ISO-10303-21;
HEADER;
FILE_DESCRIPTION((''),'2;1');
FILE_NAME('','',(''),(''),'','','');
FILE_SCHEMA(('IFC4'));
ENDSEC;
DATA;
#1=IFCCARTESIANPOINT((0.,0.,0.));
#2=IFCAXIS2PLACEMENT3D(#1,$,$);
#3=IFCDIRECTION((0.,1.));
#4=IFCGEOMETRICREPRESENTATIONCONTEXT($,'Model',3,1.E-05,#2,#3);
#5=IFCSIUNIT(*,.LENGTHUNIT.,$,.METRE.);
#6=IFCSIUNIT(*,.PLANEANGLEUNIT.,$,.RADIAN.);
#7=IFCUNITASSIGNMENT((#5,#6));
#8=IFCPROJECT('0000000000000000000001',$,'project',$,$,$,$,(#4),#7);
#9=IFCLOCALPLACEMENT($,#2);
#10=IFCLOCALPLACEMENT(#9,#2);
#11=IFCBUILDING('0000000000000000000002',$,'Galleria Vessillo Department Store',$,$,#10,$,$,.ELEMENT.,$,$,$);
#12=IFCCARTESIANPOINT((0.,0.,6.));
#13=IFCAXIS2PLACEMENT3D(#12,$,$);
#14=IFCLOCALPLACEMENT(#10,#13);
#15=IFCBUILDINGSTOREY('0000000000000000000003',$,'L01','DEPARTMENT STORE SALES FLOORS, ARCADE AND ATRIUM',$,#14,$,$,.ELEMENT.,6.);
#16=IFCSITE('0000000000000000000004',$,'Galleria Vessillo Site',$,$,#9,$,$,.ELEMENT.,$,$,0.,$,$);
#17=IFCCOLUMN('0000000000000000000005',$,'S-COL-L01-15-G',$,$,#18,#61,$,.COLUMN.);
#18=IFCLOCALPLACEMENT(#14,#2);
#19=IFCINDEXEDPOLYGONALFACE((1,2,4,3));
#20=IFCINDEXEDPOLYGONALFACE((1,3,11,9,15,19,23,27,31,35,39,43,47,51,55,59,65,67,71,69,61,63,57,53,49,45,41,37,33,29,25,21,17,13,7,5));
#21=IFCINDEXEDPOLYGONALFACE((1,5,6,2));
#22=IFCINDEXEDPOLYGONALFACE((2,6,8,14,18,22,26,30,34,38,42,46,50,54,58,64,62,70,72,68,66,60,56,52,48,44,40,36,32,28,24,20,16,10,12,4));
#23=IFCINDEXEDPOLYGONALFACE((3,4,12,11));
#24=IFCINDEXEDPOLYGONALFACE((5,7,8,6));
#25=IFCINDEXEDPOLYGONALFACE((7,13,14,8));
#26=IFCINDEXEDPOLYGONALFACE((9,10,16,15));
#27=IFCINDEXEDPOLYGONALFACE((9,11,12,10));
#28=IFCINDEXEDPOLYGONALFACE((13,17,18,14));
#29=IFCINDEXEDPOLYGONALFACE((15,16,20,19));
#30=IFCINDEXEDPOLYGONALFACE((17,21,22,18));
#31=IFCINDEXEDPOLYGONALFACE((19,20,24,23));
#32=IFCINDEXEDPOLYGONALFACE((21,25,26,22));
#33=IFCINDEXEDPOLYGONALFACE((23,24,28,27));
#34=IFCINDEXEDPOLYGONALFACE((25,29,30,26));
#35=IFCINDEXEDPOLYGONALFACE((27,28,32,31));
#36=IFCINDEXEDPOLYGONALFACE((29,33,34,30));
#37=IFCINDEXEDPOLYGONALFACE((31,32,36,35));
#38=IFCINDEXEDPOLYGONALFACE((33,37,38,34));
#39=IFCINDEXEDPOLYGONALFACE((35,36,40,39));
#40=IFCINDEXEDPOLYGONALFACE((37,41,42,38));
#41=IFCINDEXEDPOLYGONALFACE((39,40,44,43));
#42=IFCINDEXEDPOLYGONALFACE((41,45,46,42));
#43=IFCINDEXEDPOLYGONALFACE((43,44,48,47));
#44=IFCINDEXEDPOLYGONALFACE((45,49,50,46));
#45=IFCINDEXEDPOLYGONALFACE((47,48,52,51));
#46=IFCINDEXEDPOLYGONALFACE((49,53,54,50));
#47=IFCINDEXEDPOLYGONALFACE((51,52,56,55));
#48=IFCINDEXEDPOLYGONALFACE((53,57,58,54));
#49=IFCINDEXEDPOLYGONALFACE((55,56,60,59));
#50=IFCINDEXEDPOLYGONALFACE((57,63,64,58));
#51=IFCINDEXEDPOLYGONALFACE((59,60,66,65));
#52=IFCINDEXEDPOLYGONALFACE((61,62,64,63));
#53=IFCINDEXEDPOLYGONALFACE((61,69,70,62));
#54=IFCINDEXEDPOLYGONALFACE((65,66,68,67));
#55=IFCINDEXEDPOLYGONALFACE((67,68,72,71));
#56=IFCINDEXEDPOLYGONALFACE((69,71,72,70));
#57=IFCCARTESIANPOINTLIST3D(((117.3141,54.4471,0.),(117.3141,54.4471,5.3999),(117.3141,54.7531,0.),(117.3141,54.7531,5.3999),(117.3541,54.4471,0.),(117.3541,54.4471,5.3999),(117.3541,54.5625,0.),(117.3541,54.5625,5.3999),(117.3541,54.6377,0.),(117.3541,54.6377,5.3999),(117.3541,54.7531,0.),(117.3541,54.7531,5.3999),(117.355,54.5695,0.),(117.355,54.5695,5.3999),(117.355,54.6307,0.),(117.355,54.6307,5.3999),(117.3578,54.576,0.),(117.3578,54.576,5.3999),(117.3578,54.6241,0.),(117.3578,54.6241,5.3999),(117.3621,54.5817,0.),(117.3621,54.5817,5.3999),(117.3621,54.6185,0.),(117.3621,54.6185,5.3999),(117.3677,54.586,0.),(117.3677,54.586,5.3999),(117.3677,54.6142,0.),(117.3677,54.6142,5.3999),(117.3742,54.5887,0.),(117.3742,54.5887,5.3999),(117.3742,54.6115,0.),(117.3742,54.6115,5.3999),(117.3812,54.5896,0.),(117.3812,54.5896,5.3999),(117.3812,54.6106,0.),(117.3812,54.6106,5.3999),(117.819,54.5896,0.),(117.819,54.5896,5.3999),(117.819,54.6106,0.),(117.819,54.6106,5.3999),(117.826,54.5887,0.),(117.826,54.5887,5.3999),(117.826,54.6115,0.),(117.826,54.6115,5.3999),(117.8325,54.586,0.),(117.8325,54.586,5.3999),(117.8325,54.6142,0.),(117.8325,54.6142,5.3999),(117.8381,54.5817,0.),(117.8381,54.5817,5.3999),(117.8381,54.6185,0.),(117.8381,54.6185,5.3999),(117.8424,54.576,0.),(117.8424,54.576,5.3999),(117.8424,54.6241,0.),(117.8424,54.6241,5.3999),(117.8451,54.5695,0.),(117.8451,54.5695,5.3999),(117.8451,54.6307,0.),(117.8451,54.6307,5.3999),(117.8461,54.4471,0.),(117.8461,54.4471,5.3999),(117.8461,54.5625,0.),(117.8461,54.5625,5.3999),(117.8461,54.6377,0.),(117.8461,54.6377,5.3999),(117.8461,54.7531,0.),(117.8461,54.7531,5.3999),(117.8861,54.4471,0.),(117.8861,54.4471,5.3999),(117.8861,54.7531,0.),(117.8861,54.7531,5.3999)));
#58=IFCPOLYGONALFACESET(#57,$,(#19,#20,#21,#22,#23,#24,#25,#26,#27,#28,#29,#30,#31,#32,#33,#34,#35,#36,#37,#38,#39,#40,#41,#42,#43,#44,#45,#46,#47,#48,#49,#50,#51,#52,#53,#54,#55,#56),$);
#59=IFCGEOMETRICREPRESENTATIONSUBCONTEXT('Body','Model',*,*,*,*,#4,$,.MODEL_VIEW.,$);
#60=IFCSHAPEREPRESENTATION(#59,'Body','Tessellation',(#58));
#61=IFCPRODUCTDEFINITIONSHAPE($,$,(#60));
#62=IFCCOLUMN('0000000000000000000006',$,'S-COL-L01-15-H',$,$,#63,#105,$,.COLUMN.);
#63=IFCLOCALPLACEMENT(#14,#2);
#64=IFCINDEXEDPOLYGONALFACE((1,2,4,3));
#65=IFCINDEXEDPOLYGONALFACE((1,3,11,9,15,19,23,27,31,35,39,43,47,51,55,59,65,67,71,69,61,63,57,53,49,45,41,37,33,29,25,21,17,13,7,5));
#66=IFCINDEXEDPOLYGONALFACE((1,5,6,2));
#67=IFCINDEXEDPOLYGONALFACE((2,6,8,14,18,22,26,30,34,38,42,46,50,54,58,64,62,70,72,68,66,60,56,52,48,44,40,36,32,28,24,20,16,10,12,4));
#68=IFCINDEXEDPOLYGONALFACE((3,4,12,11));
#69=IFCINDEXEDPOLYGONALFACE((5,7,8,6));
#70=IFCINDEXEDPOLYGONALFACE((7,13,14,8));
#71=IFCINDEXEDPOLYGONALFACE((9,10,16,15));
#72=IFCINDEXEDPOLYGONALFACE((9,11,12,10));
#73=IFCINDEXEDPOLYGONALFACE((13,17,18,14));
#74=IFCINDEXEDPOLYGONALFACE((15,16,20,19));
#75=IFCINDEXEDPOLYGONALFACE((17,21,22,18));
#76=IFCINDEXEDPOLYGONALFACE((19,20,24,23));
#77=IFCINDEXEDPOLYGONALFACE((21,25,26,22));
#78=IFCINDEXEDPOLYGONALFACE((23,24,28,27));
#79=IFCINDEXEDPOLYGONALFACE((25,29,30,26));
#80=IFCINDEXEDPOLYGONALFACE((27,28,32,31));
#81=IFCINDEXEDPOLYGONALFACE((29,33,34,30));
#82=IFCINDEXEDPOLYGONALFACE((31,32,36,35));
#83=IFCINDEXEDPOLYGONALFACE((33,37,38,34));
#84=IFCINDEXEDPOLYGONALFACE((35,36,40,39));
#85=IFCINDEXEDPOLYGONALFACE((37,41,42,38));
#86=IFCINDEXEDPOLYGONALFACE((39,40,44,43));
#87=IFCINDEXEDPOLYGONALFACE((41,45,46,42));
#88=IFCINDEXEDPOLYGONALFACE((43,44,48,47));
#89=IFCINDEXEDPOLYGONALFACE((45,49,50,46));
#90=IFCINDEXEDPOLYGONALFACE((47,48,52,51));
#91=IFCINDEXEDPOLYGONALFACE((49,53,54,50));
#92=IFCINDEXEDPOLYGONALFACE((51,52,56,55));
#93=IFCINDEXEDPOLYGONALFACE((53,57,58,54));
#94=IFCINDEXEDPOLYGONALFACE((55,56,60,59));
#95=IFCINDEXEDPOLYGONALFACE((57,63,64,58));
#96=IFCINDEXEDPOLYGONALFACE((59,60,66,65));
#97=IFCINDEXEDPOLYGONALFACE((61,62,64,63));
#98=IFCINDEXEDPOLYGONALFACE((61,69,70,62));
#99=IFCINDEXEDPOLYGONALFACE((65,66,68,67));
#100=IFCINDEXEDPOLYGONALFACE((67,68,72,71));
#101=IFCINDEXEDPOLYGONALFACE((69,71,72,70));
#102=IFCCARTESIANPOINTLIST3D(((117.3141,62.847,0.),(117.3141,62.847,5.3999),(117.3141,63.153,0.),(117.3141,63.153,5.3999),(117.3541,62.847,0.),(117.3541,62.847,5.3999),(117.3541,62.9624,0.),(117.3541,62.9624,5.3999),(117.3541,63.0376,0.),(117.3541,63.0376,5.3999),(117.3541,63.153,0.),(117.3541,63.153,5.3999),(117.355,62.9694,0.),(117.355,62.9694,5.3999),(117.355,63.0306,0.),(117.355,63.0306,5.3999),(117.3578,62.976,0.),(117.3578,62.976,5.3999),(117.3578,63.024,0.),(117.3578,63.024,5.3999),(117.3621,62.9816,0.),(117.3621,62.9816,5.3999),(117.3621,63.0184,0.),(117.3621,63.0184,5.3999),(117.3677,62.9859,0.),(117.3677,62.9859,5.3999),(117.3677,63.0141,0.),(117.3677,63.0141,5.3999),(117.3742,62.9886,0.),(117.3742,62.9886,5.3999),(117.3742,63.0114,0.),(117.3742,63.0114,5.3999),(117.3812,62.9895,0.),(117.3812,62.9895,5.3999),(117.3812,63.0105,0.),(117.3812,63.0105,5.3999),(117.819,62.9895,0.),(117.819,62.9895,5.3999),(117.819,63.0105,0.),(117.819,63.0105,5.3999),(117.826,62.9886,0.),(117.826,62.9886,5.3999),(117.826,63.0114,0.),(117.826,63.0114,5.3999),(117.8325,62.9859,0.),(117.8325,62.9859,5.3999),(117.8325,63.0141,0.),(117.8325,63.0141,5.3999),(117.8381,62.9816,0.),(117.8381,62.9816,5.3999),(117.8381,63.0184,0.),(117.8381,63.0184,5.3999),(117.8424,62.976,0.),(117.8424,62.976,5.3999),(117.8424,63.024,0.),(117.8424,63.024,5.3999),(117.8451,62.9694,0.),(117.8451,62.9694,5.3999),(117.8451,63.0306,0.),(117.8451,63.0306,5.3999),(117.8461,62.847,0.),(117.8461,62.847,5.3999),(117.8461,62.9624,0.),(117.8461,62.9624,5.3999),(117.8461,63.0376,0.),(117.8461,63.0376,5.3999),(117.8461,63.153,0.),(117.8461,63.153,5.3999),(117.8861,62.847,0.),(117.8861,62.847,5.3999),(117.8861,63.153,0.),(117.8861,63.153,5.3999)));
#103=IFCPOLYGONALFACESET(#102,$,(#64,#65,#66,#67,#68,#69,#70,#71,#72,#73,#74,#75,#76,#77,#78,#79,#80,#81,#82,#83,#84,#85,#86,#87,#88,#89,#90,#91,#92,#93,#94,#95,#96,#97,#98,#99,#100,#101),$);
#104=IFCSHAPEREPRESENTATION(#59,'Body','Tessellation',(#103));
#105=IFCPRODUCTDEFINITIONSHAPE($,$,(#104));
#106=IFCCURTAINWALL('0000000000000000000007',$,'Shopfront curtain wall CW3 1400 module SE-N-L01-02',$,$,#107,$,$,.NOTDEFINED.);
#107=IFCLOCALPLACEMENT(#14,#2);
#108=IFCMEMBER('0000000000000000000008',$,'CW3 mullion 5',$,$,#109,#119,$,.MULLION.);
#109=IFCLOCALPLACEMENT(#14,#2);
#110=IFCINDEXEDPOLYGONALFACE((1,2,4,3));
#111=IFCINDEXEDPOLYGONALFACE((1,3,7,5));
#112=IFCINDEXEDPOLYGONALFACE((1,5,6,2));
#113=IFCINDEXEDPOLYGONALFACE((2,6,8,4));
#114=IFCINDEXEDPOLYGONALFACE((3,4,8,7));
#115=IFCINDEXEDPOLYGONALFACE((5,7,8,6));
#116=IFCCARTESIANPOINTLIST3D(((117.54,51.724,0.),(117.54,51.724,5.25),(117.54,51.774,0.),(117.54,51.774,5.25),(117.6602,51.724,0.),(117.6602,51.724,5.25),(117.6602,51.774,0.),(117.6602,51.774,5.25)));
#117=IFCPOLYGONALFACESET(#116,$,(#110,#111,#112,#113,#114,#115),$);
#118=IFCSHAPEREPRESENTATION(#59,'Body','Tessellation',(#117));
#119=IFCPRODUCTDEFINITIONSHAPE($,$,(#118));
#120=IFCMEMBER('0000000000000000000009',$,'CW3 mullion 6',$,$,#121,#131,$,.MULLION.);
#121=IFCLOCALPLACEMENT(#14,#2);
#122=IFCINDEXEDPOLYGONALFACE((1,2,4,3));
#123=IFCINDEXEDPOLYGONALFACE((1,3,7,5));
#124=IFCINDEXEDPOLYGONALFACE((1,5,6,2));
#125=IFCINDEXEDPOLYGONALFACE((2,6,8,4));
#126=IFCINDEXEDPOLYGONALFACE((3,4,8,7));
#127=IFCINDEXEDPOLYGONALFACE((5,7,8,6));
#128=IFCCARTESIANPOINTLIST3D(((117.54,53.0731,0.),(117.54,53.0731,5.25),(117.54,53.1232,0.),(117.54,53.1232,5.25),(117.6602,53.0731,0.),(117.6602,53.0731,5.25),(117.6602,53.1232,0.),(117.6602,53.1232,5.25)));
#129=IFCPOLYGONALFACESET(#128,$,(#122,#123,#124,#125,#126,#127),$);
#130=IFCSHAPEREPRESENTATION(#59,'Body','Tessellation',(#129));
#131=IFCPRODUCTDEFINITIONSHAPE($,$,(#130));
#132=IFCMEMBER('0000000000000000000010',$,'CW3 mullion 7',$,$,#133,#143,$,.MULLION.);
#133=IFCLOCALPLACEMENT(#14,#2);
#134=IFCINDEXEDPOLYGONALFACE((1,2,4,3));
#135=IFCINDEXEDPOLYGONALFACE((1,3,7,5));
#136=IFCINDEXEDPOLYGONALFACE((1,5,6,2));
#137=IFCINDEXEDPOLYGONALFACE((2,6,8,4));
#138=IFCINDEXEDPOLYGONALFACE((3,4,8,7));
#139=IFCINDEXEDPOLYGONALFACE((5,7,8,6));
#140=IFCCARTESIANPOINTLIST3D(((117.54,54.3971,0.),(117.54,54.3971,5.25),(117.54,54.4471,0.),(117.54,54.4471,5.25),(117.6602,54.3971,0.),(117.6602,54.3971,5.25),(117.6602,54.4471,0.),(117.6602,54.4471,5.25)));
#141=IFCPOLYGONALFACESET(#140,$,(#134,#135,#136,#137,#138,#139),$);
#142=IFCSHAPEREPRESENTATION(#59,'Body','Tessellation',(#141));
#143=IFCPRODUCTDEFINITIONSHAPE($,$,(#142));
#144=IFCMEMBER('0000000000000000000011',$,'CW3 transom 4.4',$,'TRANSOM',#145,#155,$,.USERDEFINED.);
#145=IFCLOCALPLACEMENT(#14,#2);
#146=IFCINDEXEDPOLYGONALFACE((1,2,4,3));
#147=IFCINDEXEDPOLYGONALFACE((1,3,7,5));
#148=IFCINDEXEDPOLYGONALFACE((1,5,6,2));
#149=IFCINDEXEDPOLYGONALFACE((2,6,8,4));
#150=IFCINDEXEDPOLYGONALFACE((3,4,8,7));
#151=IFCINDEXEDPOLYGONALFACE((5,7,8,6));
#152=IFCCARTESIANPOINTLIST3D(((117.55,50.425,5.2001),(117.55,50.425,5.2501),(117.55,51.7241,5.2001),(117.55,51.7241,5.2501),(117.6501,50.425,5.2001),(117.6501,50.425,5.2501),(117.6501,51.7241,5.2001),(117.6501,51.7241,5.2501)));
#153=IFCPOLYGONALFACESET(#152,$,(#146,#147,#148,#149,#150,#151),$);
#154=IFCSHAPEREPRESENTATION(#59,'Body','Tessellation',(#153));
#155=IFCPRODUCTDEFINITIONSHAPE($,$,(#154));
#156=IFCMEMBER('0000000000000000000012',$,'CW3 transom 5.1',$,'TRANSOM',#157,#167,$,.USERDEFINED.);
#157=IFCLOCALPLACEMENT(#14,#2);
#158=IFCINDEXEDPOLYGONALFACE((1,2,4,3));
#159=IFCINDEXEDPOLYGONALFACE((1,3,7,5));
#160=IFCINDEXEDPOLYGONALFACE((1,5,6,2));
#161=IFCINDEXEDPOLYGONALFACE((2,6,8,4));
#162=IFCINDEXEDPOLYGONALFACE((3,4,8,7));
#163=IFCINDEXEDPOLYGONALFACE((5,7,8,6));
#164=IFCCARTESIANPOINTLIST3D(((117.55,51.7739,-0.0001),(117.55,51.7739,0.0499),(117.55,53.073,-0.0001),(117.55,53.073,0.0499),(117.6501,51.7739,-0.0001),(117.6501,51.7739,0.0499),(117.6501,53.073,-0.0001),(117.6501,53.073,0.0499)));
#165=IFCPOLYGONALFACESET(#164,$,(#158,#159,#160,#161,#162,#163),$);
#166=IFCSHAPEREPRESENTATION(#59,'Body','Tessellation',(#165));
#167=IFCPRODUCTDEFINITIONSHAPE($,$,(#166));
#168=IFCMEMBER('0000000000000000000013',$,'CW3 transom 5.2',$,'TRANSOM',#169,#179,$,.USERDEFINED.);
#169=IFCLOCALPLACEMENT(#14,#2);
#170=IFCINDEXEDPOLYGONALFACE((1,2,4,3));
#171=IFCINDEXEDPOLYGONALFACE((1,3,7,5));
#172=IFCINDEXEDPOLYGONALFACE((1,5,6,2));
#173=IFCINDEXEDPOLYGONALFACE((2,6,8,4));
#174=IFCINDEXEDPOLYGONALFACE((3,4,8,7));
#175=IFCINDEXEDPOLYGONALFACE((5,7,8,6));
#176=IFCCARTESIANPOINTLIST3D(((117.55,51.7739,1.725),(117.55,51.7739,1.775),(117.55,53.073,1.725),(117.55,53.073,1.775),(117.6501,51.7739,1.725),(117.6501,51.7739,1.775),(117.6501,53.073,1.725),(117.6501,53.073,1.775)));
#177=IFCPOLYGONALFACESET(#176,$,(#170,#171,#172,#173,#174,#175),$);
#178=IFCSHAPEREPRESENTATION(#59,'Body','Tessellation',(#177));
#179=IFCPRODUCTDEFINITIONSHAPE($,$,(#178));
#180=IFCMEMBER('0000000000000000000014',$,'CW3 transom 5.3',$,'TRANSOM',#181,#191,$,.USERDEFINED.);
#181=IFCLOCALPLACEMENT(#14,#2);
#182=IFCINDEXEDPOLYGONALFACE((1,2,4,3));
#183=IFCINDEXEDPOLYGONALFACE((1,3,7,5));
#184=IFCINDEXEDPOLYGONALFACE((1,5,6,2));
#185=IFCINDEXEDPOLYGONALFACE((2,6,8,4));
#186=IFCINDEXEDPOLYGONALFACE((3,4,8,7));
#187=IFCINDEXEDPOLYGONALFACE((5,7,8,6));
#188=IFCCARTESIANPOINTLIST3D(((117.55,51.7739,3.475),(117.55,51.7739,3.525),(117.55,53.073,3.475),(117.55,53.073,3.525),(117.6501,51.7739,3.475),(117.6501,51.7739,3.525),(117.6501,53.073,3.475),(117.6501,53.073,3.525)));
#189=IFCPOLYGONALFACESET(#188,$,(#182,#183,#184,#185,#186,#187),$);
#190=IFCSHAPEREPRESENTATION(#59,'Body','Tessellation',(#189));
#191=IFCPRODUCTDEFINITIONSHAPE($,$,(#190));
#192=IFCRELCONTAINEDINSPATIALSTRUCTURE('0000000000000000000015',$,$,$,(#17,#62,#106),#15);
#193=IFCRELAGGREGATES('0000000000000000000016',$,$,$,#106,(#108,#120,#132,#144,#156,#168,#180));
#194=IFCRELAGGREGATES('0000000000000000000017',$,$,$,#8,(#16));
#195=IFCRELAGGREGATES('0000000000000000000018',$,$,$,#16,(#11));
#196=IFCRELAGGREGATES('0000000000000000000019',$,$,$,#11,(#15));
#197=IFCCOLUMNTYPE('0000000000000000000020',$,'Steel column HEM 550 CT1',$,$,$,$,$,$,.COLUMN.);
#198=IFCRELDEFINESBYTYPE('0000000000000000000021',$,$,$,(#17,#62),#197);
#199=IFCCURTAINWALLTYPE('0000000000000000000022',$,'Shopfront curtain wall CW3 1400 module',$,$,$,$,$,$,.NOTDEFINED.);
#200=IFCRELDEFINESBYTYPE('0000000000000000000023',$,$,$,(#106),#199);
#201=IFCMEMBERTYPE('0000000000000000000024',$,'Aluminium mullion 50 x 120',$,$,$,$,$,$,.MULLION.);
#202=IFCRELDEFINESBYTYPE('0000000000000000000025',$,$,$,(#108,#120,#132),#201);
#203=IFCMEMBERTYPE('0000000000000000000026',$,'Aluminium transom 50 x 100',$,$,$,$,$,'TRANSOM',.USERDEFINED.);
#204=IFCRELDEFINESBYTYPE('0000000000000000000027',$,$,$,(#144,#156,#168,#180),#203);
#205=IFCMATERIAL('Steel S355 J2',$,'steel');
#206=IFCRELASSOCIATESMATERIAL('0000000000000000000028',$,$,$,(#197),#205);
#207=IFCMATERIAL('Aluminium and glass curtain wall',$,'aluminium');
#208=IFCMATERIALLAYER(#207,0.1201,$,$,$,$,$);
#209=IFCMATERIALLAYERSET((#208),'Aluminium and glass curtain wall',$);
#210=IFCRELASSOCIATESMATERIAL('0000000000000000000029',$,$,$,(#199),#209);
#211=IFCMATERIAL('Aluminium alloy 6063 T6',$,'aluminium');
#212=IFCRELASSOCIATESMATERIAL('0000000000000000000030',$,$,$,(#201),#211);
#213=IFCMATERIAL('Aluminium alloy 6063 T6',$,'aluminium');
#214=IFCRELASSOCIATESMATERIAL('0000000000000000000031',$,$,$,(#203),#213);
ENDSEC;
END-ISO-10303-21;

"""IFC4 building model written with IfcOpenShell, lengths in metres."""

from ifc_helpers import new_model, si_unit, direction, frame, origin, origin_2d, place, context, subcontext, project, spatial, rectangle, i_section, extrude, material, layer, layer_set, material_profile, profile_set, type_object, element, aggregate, save


model = new_model("IFC4")

# Units and contexts
model_context = context("Model", 3, precision=1e-05, world=origin(), true_north=direction((0.0, 1.0)))
body_context = subcontext(model_context, "Body", "Model", "MODEL_VIEW")
ifc_project = project(units=[si_unit("LENGTHUNIT", "METRE"), si_unit("PLANEANGLEUNIT", "RADIAN")], contexts=[model_context])

# Site, building, storey
site_placement = place(None, origin())
site = spatial("IfcSite", under=ifc_project, at=site_placement, Name="Galleria Vessillo Site", CompositionType="ELEMENT", RefElevation=0.0)
building_placement = place(site_placement, origin())
building = spatial("IfcBuilding", under=site, at=building_placement, Name="Galleria Vessillo Department Store", CompositionType="ELEMENT")
storey_placement = place(building_placement, frame((0.0, 0.0, 6.0)))
storey = spatial("IfcBuildingStorey", under=building, at=storey_placement, Name="L01", Description="DEPARTMENT STORE SALES FLOORS, ARCADE AND ATRIUM", CompositionType="ELEMENT", Elevation=6.0)

# Columns
ifc_material_1 = material(Name="Steel S355 J2", Category="steel")
ifc_material_profile_1 = material_profile(ifc_material_1, i_section(OverallWidth=0.3059, OverallDepth=0.572, WebThickness=0.021, FlangeThickness=0.04, FilletRadius=0.0271, at=origin_2d()), Name="HEM 550")
ifc_profile_set_1 = profile_set([ifc_material_profile_1], Name="Steel S355 J2")
column_type = type_object("IfcColumnType", Name="Steel column HEM 550 CT1", PredefinedType="COLUMN", material=ifc_profile_set_1)
for number, where, z_axis, x_axis, name in (
    (1, (117.6001, 54.6001, 0.0), (0.0, 0.0, 1.0), (0.0, 1.0, 0.0), "S-COL-L01-15-G"),
    (2, (117.6001, 63.0, 0.0), (0.0, 0.0, 1.0), (0.0, 1.0, 0.0), "S-COL-L01-15-H"),
):
    element("IfcColumn", number, at=place(storey_placement, frame(where, z_axis=z_axis, x_axis=x_axis)), inside=storey, type_object=column_type, Name=name, PredefinedType="COLUMN", context=body_context, shape_type="SweptSolid", body=[
        extrude(i_section(OverallWidth=0.3059, OverallDepth=0.572, WebThickness=0.021, FlangeThickness=0.04, FilletRadius=0.0271, at=origin_2d()), origin(), (0.0, 0.0, 1.0), 5.3999),
    ])

# Curtain wall, members
ifc_material_2 = material(Name="Aluminium and glass curtain wall", Category="aluminium")
ifc_layer_1 = layer(ifc_material_2, 0.1201)
ifc_layer_set_1 = layer_set([ifc_layer_1], Name="Aluminium and glass curtain wall")
curtain_wall_type = type_object("IfcCurtainWallType", Name="Shopfront curtain wall CW3 1400 module", PredefinedType="NOTDEFINED", material=ifc_layer_set_1)
curtain_wall_placement = place(storey_placement, origin())
curtain_wall = element("IfcCurtainWall", 3, at=curtain_wall_placement, inside=storey, type_object=curtain_wall_type, Name="Shopfront curtain wall CW3 1400 module SE-N-L01-02", PredefinedType="NOTDEFINED")
ifc_material_3 = material(Name="Aluminium alloy 6063 T6", Category="aluminium")
ifc_material_profile_2 = material_profile(ifc_material_3, rectangle(XDim=0.1201, YDim=0.05, at=origin_2d()), Name="AL 50x120")
ifc_profile_set_2 = profile_set([ifc_material_profile_2], Name="Aluminium alloy 6063 T6")
member_type_1 = type_object("IfcMemberType", Name="Aluminium mullion 50 x 120", PredefinedType="MULLION", material=ifc_profile_set_2)
member_1_placement = place(storey_placement, frame((117.6001, 51.749, 0.0), z_axis=(0.0, 0.0, 1.0), x_axis=(-1.0, 0.0, 0.0)))
member_1 = element("IfcMember", 4, at=member_1_placement, type_object=member_type_1, Name="CW3 mullion 5", PredefinedType="MULLION", context=body_context, shape_type="SweptSolid", body=[
    extrude(rectangle(XDim=0.1201, YDim=0.05, at=origin_2d()), origin(), (0.0, 0.0, 1.0), 5.25),
])
member_2_placement = place(storey_placement, frame((117.6001, 53.0981, 0.0), z_axis=(0.0, 0.0, 1.0), x_axis=(-1.0, 0.0, 0.0)))
member_2 = element("IfcMember", 5, at=member_2_placement, type_object=member_type_1, Name="CW3 mullion 6", PredefinedType="MULLION", context=body_context, shape_type="SweptSolid", body=[
    extrude(rectangle(XDim=0.1201, YDim=0.05, at=origin_2d()), origin(), (0.0, 0.0, 1.0), 5.25),
])
member_3_placement = place(storey_placement, frame((117.6001, 54.4221, 0.0), z_axis=(0.0, 0.0, 1.0), x_axis=(-1.0, 0.0, 0.0)))
member_3 = element("IfcMember", 6, at=member_3_placement, type_object=member_type_1, Name="CW3 mullion 7", PredefinedType="MULLION", context=body_context, shape_type="SweptSolid", body=[
    extrude(rectangle(XDim=0.1201, YDim=0.05, at=origin_2d()), origin(), (0.0, 0.0, 1.0), 5.25),
])
ifc_material_4 = material(Name="Aluminium alloy 6063 T6", Category="aluminium")
ifc_material_profile_3 = material_profile(ifc_material_4, rectangle(XDim=0.1001, YDim=0.05, at=origin_2d()), Name="AL 50x100")
ifc_profile_set_3 = profile_set([ifc_material_profile_3], Name="Aluminium alloy 6063 T6")
member_type_2 = type_object("IfcMemberType", Name="Aluminium transom 50 x 100", ElementType="TRANSOM", PredefinedType="USERDEFINED", material=ifc_profile_set_3)
member_4_placement = place(storey_placement, frame((117.6001, 50.425, 5.2251), z_axis=(0.0, 1.0, 0.0), x_axis=(-1.0, 0.0, 0.0)))
member_4 = element("IfcMember", 7, at=member_4_placement, type_object=member_type_2, Name="CW3 transom 4.4", ObjectType="TRANSOM", PredefinedType="USERDEFINED", context=body_context, shape_type="SweptSolid", body=[
    extrude(rectangle(XDim=0.1001, YDim=0.05, at=origin_2d()), origin(), (0.0, 0.0, 1.0), 1.2991),
])
member_5_placement = place(storey_placement, frame((117.6001, 51.7739, 0.0249), z_axis=(0.0, 1.0, 0.0), x_axis=(-1.0, 0.0, 0.0)))
member_5 = element("IfcMember", 8, at=member_5_placement, type_object=member_type_2, Name="CW3 transom 5.1", ObjectType="TRANSOM", PredefinedType="USERDEFINED", context=body_context, shape_type="SweptSolid", body=[
    extrude(rectangle(XDim=0.1001, YDim=0.05, at=origin_2d()), origin(), (0.0, 0.0, 1.0), 1.2991),
])
member_6_placement = place(storey_placement, frame((117.6001, 51.7739, 1.75), z_axis=(0.0, 1.0, 0.0), x_axis=(-1.0, 0.0, 0.0)))
member_6 = element("IfcMember", 9, at=member_6_placement, type_object=member_type_2, Name="CW3 transom 5.2", ObjectType="TRANSOM", PredefinedType="USERDEFINED", context=body_context, shape_type="SweptSolid", body=[
    extrude(rectangle(XDim=0.1001, YDim=0.05, at=origin_2d()), origin(), (0.0, 0.0, 1.0), 1.2991),
])
member_7_placement = place(storey_placement, frame((117.6001, 51.7739, 3.5), z_axis=(0.0, 1.0, 0.0), x_axis=(-1.0, 0.0, 0.0)))
member_7 = element("IfcMember", 10, at=member_7_placement, type_object=member_type_2, Name="CW3 transom 5.3", ObjectType="TRANSOM", PredefinedType="USERDEFINED", context=body_context, shape_type="SweptSolid", body=[
    extrude(rectangle(XDim=0.1001, YDim=0.05, at=origin_2d()), origin(), (0.0, 0.0, 1.0), 1.2991),
])
aggregate(curtain_wall, [member_1, member_2, member_3, member_4, member_5, member_6, member_7])

save(model, "model.ifc")
